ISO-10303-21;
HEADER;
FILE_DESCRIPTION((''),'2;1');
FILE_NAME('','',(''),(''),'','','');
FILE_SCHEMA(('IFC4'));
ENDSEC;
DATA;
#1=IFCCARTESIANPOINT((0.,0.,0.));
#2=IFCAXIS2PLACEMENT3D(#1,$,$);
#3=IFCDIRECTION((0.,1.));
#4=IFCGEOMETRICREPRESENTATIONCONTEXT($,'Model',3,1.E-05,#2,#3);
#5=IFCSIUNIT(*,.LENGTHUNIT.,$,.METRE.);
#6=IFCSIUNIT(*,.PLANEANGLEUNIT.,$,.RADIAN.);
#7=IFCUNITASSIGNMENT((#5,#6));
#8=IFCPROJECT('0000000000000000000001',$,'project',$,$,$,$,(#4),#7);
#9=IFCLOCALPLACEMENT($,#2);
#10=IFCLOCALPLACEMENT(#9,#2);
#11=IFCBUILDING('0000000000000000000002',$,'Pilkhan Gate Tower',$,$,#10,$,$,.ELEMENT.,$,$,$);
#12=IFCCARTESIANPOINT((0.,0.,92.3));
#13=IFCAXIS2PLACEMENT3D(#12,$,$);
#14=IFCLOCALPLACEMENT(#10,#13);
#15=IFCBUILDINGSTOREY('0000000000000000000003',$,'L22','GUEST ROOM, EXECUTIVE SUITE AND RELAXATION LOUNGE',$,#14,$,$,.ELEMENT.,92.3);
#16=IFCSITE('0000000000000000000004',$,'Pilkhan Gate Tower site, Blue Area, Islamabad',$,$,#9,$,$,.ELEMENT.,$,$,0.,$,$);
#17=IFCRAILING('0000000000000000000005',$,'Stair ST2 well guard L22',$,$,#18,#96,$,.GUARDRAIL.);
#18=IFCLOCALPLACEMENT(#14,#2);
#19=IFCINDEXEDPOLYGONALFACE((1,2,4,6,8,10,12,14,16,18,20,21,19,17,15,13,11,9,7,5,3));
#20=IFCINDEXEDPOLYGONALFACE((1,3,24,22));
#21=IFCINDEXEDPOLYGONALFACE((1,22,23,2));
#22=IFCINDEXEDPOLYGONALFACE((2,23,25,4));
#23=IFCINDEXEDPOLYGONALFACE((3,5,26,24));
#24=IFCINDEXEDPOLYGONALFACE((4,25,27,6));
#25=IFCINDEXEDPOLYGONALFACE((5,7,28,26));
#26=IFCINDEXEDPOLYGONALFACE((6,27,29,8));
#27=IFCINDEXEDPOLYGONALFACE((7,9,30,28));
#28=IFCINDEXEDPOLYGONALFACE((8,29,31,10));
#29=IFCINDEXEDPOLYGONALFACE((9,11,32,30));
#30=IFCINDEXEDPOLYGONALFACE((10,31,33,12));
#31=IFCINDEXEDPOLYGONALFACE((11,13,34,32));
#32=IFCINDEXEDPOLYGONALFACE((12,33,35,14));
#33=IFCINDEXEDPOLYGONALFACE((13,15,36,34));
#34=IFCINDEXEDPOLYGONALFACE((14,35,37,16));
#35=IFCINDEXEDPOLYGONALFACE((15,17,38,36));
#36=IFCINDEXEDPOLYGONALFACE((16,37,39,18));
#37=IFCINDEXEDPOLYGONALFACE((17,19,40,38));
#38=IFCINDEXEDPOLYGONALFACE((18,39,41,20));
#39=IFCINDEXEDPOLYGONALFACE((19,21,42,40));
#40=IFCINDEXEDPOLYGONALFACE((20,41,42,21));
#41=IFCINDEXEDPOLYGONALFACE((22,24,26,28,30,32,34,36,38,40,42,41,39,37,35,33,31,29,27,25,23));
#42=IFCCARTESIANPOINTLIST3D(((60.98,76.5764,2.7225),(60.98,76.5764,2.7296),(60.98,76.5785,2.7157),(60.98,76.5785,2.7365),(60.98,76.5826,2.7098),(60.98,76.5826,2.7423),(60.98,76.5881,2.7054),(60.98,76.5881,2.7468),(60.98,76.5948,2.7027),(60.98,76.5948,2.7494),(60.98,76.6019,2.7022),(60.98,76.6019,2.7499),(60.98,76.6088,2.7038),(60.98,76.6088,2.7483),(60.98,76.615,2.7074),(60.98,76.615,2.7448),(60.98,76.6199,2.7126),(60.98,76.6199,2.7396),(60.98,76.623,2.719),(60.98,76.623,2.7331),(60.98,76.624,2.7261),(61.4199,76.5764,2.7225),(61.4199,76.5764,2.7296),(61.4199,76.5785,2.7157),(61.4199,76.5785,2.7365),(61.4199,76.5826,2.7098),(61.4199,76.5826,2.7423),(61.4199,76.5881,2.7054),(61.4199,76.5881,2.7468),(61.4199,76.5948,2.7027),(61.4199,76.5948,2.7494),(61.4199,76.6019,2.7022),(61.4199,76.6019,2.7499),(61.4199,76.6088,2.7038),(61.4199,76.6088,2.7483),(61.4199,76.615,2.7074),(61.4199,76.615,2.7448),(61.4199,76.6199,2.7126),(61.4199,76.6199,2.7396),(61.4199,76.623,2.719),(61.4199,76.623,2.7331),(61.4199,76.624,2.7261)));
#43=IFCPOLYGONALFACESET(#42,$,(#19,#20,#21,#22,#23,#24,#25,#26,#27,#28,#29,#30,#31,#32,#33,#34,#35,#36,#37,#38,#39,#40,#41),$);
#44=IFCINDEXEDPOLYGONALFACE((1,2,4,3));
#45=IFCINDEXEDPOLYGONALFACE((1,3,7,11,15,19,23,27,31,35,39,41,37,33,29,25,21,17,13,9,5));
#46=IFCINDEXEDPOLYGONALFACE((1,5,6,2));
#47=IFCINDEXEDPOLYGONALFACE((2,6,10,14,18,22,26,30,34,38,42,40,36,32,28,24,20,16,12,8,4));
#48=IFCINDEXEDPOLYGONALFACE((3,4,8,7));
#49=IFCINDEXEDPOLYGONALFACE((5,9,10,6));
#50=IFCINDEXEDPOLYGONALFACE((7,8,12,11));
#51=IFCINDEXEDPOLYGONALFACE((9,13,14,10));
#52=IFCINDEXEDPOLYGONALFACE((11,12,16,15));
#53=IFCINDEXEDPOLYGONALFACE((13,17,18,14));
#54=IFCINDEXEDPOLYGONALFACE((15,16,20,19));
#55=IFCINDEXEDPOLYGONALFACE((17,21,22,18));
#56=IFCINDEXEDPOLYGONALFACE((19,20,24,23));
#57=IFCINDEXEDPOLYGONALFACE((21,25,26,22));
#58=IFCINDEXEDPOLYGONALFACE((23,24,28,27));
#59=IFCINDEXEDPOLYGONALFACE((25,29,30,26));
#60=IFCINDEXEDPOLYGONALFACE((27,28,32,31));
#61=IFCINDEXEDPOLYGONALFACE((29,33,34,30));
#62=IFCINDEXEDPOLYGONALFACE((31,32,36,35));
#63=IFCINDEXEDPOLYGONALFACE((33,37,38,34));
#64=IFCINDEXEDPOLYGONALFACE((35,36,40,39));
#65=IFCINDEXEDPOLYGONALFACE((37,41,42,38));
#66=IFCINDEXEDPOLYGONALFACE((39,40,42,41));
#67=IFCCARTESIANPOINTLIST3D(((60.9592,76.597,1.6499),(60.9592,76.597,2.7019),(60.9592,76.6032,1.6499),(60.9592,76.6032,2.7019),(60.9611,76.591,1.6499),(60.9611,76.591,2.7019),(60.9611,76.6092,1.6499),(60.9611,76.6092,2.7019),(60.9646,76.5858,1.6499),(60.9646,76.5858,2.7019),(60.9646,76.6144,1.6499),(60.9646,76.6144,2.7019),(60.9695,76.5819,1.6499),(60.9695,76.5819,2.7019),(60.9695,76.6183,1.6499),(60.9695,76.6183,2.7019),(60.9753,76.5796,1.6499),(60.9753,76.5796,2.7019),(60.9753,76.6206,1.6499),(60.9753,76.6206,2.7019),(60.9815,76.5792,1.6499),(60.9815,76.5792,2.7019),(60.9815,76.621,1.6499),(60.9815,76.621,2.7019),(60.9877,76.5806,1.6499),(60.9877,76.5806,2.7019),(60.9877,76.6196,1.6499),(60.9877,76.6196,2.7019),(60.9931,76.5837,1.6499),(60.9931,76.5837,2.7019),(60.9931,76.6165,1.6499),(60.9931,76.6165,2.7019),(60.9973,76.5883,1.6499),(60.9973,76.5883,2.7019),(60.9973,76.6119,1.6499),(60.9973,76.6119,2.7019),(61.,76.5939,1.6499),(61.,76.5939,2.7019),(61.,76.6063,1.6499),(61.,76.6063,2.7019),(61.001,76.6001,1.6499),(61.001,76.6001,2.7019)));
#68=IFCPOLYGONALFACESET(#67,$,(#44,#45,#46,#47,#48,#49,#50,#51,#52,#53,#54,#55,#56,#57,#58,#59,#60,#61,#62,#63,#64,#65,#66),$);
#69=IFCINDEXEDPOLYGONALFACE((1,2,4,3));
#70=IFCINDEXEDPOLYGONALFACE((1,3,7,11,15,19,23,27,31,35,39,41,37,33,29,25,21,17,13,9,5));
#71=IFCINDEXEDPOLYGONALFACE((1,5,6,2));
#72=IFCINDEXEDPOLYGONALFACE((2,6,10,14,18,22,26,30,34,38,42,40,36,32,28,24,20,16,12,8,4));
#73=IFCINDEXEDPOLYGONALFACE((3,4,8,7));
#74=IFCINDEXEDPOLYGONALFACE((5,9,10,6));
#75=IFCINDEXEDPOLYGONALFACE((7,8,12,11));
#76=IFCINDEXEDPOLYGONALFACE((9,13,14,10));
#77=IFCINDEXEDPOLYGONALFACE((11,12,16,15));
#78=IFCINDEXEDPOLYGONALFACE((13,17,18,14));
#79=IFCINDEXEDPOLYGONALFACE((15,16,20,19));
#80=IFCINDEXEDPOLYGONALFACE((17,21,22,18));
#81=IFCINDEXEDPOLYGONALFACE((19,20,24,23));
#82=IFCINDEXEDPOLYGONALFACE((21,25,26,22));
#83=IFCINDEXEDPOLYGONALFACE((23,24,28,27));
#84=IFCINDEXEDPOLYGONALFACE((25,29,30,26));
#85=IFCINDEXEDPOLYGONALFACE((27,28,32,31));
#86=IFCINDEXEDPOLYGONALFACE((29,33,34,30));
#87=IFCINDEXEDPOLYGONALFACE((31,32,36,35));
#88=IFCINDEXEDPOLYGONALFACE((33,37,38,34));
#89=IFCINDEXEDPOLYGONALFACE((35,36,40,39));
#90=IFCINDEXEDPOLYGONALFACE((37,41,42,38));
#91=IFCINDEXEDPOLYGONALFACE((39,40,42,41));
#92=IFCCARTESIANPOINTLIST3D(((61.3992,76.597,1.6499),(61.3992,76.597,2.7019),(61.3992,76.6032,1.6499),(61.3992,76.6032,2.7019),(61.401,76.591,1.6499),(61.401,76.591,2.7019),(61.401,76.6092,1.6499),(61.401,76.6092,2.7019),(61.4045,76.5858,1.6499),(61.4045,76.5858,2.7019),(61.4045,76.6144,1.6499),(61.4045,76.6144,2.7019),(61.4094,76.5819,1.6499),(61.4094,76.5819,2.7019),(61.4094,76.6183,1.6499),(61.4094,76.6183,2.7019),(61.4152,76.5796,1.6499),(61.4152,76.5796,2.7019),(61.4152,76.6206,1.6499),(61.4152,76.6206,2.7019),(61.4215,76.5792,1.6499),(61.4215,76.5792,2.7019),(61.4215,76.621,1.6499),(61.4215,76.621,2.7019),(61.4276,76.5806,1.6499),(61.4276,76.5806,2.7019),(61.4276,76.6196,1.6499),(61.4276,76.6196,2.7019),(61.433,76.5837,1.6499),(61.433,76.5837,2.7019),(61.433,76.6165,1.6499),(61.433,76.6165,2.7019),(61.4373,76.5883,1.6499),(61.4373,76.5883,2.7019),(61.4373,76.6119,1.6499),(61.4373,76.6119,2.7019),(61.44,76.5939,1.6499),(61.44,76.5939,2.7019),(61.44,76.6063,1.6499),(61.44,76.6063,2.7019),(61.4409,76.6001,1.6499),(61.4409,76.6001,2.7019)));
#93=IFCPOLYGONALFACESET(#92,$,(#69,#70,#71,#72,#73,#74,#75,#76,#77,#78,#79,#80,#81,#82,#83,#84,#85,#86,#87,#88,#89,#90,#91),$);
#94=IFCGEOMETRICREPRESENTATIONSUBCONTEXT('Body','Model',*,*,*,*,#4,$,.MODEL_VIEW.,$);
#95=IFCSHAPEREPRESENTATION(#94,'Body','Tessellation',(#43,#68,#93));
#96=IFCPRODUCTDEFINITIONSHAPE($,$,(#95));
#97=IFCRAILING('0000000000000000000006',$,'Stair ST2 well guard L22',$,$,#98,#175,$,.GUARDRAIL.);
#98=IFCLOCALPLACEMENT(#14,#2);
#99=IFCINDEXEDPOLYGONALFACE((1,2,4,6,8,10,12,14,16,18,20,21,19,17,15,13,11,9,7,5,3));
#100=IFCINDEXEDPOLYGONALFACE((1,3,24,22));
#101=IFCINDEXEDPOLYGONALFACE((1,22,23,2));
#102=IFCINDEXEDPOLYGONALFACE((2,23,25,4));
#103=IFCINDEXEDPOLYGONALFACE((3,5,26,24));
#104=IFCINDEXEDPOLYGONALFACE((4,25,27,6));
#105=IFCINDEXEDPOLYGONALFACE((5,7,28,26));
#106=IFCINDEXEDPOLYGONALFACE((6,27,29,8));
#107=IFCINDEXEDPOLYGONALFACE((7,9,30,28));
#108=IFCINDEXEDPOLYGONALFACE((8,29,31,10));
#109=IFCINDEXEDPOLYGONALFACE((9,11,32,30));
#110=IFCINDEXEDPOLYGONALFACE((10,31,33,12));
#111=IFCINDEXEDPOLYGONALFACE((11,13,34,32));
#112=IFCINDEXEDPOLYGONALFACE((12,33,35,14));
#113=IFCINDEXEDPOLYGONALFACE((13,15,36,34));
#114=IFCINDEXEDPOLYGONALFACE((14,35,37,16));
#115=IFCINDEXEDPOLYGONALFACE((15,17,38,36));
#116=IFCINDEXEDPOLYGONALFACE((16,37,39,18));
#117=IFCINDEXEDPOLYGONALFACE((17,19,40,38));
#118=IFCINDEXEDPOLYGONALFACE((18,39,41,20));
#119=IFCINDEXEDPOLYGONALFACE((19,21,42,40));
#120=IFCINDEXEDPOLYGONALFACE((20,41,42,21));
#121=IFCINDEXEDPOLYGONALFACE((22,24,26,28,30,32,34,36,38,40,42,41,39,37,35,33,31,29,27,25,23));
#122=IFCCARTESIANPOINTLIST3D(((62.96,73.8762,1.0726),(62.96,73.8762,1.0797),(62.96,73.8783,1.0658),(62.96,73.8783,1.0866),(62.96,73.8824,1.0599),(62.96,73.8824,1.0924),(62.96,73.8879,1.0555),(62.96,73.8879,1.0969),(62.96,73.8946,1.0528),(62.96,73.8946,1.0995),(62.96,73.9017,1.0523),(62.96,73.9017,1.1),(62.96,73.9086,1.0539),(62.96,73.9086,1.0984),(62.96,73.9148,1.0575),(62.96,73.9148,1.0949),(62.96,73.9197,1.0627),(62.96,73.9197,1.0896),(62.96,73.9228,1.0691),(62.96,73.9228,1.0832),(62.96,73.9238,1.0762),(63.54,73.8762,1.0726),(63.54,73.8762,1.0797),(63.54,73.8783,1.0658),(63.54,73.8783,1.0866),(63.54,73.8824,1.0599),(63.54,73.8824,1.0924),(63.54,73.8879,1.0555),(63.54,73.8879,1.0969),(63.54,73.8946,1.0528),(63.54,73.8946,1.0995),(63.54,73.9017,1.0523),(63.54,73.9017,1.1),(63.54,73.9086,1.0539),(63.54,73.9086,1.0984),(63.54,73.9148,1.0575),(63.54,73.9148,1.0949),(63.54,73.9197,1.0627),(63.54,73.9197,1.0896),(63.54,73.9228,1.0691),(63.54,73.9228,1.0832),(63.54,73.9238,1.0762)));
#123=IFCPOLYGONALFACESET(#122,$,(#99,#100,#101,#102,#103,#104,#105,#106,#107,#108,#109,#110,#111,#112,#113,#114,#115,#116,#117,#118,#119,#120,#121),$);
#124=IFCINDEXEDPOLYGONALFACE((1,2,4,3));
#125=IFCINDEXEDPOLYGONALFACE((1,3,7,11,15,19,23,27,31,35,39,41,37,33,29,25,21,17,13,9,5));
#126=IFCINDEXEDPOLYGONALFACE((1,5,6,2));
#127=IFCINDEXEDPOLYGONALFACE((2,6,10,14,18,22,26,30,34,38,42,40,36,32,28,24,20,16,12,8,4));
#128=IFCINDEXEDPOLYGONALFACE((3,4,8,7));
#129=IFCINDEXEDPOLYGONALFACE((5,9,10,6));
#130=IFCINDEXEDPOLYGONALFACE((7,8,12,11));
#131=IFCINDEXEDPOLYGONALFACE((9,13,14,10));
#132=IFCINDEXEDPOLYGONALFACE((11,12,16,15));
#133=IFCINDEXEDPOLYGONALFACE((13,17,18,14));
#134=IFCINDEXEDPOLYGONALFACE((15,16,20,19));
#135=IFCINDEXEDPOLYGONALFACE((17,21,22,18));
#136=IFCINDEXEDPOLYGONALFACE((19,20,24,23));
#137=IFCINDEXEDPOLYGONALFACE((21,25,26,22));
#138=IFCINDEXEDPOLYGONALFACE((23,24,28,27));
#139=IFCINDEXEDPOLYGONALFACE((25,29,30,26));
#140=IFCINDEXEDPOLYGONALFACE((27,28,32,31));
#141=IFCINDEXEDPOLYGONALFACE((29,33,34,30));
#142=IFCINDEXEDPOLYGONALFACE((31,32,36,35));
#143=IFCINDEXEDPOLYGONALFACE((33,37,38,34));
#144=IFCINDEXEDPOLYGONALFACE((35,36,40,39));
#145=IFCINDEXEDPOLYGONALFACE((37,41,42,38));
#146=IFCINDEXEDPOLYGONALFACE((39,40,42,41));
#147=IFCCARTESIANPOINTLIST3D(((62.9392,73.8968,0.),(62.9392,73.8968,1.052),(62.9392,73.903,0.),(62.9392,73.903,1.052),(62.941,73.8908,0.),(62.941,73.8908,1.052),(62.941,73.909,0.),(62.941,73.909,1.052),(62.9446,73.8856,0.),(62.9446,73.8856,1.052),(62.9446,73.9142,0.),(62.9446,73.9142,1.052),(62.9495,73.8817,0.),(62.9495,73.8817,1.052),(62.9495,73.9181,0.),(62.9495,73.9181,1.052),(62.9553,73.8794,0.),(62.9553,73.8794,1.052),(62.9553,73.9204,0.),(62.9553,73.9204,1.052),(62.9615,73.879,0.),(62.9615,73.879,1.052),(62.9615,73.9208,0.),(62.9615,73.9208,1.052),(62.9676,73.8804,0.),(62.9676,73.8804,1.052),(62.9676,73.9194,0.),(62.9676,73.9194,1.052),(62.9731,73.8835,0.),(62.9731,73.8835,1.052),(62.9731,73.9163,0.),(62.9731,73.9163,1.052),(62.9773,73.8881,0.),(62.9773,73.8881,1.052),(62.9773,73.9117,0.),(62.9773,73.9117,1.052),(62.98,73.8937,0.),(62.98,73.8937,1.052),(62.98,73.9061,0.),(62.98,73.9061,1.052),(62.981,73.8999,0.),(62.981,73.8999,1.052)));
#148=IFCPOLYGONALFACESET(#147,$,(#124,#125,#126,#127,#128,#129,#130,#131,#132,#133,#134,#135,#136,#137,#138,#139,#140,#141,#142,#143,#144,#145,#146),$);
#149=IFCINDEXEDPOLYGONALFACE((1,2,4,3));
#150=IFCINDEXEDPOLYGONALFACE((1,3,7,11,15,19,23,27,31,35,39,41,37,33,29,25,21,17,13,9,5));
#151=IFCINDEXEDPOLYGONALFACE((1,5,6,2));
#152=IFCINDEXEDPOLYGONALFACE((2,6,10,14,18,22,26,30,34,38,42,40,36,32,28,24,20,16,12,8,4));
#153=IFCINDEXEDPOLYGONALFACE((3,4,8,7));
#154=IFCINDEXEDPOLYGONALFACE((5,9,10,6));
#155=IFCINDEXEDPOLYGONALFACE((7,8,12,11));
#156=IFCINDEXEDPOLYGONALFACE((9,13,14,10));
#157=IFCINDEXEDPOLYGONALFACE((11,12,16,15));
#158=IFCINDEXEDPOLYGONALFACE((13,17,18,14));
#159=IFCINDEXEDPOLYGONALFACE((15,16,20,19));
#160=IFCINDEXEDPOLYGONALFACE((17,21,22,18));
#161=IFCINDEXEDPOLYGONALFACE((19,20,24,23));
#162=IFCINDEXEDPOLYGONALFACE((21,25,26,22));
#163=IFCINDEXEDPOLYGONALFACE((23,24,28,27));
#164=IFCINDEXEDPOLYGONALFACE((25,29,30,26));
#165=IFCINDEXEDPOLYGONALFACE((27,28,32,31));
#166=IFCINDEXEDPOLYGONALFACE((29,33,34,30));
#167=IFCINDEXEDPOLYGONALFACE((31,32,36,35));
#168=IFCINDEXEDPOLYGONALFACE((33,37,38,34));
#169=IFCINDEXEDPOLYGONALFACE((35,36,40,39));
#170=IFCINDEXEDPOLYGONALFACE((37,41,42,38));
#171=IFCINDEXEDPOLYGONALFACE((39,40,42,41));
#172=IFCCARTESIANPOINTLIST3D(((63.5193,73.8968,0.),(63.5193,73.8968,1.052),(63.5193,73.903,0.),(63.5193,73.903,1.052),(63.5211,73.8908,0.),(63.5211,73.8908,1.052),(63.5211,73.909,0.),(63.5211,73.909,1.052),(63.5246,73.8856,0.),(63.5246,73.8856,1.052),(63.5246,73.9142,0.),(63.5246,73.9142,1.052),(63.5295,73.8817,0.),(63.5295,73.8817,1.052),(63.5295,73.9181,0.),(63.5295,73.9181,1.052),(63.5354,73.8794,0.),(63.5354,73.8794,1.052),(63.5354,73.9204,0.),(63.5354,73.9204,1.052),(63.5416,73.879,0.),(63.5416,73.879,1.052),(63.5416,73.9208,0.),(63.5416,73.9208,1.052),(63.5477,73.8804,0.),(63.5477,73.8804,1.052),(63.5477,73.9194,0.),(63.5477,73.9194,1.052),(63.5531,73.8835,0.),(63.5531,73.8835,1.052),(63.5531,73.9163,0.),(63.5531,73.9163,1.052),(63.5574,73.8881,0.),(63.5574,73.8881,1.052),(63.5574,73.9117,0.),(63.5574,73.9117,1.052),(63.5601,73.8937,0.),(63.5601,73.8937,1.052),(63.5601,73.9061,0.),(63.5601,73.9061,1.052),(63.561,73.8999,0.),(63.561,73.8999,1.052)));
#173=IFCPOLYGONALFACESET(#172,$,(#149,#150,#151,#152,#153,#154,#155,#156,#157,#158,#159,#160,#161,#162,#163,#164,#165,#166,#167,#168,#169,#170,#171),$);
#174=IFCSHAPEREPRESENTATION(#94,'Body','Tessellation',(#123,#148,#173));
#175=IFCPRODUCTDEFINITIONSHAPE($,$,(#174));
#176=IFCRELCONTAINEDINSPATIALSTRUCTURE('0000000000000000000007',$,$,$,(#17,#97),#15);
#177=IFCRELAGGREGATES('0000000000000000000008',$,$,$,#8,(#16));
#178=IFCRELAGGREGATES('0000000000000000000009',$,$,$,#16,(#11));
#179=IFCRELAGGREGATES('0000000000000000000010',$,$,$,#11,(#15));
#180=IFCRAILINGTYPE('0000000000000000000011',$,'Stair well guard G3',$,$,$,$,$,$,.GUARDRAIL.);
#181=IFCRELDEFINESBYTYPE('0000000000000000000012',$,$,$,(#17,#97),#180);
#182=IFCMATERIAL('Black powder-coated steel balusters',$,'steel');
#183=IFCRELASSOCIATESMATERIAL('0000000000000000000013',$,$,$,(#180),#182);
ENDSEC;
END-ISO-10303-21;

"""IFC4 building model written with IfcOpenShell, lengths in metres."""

from ifc_helpers import new_model, si_unit, direction, frame, origin, origin_2d, place, context, subcontext, project, spatial, circle, extrude, material, type_object, element, save


model = new_model("IFC4")

# Units and contexts
model_context = context("Model", 3, precision=1e-05, world=origin(), true_north=direction((0.0, 1.0)))
body_context = subcontext(model_context, "Body", "Model", "MODEL_VIEW")
ifc_project = project(units=[si_unit("LENGTHUNIT", "METRE"), si_unit("PLANEANGLEUNIT", "RADIAN")], contexts=[model_context])

# Site, building, storey
site_placement = place(None, origin())
site = spatial("IfcSite", under=ifc_project, at=site_placement, Name="Pilkhan Gate Tower site, Blue Area, Islamabad", CompositionType="ELEMENT", RefElevation=0.0)
building_placement = place(site_placement, origin())
building = spatial("IfcBuilding", under=site, at=building_placement, Name="Pilkhan Gate Tower", CompositionType="ELEMENT")
storey_placement = place(building_placement, frame((0.0, 0.0, 92.3)))
storey = spatial("IfcBuildingStorey", under=building, at=storey_placement, Name="L22", Description="GUEST ROOM, EXECUTIVE SUITE AND RELAXATION LOUNGE", CompositionType="ELEMENT", Elevation=92.3)

# Railings
ifc_material_1 = material(Name="Black powder-coated steel balusters", Category="steel")
railing_type_1 = type_object("IfcRailingType", Name="Stair well guard G3", PredefinedType="GUARDRAIL", material=ifc_material_1)
railing_1_placement = place(storey_placement, frame((60.98, 76.6001, 1.6499)))
element("IfcRailing", 1, at=railing_1_placement, inside=storey, type_object=railing_type_1, Name="Stair ST2 well guard L22", PredefinedType="GUARDRAIL", context=body_context, shape_type="SweptSolid", body=[
    extrude(circle(Radius=0.0239, at=origin_2d()), frame((0.0, 0.0, 1.0762), z_axis=(1.0, 0.0, 0.0), x_axis=(0.0, 1.0, 0.0)), (0.0, 0.0, 1.0), 0.4399),
    extrude(circle(Radius=0.021, at=origin_2d()), origin(), (0.0, 0.0, 1.0), 1.052),
    extrude(circle(Radius=0.021, at=origin_2d()), frame((0.4399, 0.0, 0.0)), (0.0, 0.0, 1.0), 1.052),
])
for number, where, name in (
    (2, (62.96, 73.8999, 0.0), "Stair ST2 well guard L22"),
):
    element("IfcRailing", number, at=place(storey_placement, frame(where)), inside=storey, type_object=railing_type_1, Name=name, PredefinedType="GUARDRAIL", context=body_context, shape_type="SweptSolid", body=[
        extrude(circle(Radius=0.0239, at=origin_2d()), frame((0.0, 0.0, 1.0762), z_axis=(1.0, 0.0, 0.0), x_axis=(0.0, 1.0, 0.0)), (0.0, 0.0, 1.0), 0.5801),
        extrude(circle(Radius=0.021, at=origin_2d()), origin(), (0.0, 0.0, 1.0), 1.052),
        extrude(circle(Radius=0.021, at=origin_2d()), frame((0.5801, 0.0, 0.0)), (0.0, 0.0, 1.0), 1.052),
    ])

save(model, "model.ifc")
